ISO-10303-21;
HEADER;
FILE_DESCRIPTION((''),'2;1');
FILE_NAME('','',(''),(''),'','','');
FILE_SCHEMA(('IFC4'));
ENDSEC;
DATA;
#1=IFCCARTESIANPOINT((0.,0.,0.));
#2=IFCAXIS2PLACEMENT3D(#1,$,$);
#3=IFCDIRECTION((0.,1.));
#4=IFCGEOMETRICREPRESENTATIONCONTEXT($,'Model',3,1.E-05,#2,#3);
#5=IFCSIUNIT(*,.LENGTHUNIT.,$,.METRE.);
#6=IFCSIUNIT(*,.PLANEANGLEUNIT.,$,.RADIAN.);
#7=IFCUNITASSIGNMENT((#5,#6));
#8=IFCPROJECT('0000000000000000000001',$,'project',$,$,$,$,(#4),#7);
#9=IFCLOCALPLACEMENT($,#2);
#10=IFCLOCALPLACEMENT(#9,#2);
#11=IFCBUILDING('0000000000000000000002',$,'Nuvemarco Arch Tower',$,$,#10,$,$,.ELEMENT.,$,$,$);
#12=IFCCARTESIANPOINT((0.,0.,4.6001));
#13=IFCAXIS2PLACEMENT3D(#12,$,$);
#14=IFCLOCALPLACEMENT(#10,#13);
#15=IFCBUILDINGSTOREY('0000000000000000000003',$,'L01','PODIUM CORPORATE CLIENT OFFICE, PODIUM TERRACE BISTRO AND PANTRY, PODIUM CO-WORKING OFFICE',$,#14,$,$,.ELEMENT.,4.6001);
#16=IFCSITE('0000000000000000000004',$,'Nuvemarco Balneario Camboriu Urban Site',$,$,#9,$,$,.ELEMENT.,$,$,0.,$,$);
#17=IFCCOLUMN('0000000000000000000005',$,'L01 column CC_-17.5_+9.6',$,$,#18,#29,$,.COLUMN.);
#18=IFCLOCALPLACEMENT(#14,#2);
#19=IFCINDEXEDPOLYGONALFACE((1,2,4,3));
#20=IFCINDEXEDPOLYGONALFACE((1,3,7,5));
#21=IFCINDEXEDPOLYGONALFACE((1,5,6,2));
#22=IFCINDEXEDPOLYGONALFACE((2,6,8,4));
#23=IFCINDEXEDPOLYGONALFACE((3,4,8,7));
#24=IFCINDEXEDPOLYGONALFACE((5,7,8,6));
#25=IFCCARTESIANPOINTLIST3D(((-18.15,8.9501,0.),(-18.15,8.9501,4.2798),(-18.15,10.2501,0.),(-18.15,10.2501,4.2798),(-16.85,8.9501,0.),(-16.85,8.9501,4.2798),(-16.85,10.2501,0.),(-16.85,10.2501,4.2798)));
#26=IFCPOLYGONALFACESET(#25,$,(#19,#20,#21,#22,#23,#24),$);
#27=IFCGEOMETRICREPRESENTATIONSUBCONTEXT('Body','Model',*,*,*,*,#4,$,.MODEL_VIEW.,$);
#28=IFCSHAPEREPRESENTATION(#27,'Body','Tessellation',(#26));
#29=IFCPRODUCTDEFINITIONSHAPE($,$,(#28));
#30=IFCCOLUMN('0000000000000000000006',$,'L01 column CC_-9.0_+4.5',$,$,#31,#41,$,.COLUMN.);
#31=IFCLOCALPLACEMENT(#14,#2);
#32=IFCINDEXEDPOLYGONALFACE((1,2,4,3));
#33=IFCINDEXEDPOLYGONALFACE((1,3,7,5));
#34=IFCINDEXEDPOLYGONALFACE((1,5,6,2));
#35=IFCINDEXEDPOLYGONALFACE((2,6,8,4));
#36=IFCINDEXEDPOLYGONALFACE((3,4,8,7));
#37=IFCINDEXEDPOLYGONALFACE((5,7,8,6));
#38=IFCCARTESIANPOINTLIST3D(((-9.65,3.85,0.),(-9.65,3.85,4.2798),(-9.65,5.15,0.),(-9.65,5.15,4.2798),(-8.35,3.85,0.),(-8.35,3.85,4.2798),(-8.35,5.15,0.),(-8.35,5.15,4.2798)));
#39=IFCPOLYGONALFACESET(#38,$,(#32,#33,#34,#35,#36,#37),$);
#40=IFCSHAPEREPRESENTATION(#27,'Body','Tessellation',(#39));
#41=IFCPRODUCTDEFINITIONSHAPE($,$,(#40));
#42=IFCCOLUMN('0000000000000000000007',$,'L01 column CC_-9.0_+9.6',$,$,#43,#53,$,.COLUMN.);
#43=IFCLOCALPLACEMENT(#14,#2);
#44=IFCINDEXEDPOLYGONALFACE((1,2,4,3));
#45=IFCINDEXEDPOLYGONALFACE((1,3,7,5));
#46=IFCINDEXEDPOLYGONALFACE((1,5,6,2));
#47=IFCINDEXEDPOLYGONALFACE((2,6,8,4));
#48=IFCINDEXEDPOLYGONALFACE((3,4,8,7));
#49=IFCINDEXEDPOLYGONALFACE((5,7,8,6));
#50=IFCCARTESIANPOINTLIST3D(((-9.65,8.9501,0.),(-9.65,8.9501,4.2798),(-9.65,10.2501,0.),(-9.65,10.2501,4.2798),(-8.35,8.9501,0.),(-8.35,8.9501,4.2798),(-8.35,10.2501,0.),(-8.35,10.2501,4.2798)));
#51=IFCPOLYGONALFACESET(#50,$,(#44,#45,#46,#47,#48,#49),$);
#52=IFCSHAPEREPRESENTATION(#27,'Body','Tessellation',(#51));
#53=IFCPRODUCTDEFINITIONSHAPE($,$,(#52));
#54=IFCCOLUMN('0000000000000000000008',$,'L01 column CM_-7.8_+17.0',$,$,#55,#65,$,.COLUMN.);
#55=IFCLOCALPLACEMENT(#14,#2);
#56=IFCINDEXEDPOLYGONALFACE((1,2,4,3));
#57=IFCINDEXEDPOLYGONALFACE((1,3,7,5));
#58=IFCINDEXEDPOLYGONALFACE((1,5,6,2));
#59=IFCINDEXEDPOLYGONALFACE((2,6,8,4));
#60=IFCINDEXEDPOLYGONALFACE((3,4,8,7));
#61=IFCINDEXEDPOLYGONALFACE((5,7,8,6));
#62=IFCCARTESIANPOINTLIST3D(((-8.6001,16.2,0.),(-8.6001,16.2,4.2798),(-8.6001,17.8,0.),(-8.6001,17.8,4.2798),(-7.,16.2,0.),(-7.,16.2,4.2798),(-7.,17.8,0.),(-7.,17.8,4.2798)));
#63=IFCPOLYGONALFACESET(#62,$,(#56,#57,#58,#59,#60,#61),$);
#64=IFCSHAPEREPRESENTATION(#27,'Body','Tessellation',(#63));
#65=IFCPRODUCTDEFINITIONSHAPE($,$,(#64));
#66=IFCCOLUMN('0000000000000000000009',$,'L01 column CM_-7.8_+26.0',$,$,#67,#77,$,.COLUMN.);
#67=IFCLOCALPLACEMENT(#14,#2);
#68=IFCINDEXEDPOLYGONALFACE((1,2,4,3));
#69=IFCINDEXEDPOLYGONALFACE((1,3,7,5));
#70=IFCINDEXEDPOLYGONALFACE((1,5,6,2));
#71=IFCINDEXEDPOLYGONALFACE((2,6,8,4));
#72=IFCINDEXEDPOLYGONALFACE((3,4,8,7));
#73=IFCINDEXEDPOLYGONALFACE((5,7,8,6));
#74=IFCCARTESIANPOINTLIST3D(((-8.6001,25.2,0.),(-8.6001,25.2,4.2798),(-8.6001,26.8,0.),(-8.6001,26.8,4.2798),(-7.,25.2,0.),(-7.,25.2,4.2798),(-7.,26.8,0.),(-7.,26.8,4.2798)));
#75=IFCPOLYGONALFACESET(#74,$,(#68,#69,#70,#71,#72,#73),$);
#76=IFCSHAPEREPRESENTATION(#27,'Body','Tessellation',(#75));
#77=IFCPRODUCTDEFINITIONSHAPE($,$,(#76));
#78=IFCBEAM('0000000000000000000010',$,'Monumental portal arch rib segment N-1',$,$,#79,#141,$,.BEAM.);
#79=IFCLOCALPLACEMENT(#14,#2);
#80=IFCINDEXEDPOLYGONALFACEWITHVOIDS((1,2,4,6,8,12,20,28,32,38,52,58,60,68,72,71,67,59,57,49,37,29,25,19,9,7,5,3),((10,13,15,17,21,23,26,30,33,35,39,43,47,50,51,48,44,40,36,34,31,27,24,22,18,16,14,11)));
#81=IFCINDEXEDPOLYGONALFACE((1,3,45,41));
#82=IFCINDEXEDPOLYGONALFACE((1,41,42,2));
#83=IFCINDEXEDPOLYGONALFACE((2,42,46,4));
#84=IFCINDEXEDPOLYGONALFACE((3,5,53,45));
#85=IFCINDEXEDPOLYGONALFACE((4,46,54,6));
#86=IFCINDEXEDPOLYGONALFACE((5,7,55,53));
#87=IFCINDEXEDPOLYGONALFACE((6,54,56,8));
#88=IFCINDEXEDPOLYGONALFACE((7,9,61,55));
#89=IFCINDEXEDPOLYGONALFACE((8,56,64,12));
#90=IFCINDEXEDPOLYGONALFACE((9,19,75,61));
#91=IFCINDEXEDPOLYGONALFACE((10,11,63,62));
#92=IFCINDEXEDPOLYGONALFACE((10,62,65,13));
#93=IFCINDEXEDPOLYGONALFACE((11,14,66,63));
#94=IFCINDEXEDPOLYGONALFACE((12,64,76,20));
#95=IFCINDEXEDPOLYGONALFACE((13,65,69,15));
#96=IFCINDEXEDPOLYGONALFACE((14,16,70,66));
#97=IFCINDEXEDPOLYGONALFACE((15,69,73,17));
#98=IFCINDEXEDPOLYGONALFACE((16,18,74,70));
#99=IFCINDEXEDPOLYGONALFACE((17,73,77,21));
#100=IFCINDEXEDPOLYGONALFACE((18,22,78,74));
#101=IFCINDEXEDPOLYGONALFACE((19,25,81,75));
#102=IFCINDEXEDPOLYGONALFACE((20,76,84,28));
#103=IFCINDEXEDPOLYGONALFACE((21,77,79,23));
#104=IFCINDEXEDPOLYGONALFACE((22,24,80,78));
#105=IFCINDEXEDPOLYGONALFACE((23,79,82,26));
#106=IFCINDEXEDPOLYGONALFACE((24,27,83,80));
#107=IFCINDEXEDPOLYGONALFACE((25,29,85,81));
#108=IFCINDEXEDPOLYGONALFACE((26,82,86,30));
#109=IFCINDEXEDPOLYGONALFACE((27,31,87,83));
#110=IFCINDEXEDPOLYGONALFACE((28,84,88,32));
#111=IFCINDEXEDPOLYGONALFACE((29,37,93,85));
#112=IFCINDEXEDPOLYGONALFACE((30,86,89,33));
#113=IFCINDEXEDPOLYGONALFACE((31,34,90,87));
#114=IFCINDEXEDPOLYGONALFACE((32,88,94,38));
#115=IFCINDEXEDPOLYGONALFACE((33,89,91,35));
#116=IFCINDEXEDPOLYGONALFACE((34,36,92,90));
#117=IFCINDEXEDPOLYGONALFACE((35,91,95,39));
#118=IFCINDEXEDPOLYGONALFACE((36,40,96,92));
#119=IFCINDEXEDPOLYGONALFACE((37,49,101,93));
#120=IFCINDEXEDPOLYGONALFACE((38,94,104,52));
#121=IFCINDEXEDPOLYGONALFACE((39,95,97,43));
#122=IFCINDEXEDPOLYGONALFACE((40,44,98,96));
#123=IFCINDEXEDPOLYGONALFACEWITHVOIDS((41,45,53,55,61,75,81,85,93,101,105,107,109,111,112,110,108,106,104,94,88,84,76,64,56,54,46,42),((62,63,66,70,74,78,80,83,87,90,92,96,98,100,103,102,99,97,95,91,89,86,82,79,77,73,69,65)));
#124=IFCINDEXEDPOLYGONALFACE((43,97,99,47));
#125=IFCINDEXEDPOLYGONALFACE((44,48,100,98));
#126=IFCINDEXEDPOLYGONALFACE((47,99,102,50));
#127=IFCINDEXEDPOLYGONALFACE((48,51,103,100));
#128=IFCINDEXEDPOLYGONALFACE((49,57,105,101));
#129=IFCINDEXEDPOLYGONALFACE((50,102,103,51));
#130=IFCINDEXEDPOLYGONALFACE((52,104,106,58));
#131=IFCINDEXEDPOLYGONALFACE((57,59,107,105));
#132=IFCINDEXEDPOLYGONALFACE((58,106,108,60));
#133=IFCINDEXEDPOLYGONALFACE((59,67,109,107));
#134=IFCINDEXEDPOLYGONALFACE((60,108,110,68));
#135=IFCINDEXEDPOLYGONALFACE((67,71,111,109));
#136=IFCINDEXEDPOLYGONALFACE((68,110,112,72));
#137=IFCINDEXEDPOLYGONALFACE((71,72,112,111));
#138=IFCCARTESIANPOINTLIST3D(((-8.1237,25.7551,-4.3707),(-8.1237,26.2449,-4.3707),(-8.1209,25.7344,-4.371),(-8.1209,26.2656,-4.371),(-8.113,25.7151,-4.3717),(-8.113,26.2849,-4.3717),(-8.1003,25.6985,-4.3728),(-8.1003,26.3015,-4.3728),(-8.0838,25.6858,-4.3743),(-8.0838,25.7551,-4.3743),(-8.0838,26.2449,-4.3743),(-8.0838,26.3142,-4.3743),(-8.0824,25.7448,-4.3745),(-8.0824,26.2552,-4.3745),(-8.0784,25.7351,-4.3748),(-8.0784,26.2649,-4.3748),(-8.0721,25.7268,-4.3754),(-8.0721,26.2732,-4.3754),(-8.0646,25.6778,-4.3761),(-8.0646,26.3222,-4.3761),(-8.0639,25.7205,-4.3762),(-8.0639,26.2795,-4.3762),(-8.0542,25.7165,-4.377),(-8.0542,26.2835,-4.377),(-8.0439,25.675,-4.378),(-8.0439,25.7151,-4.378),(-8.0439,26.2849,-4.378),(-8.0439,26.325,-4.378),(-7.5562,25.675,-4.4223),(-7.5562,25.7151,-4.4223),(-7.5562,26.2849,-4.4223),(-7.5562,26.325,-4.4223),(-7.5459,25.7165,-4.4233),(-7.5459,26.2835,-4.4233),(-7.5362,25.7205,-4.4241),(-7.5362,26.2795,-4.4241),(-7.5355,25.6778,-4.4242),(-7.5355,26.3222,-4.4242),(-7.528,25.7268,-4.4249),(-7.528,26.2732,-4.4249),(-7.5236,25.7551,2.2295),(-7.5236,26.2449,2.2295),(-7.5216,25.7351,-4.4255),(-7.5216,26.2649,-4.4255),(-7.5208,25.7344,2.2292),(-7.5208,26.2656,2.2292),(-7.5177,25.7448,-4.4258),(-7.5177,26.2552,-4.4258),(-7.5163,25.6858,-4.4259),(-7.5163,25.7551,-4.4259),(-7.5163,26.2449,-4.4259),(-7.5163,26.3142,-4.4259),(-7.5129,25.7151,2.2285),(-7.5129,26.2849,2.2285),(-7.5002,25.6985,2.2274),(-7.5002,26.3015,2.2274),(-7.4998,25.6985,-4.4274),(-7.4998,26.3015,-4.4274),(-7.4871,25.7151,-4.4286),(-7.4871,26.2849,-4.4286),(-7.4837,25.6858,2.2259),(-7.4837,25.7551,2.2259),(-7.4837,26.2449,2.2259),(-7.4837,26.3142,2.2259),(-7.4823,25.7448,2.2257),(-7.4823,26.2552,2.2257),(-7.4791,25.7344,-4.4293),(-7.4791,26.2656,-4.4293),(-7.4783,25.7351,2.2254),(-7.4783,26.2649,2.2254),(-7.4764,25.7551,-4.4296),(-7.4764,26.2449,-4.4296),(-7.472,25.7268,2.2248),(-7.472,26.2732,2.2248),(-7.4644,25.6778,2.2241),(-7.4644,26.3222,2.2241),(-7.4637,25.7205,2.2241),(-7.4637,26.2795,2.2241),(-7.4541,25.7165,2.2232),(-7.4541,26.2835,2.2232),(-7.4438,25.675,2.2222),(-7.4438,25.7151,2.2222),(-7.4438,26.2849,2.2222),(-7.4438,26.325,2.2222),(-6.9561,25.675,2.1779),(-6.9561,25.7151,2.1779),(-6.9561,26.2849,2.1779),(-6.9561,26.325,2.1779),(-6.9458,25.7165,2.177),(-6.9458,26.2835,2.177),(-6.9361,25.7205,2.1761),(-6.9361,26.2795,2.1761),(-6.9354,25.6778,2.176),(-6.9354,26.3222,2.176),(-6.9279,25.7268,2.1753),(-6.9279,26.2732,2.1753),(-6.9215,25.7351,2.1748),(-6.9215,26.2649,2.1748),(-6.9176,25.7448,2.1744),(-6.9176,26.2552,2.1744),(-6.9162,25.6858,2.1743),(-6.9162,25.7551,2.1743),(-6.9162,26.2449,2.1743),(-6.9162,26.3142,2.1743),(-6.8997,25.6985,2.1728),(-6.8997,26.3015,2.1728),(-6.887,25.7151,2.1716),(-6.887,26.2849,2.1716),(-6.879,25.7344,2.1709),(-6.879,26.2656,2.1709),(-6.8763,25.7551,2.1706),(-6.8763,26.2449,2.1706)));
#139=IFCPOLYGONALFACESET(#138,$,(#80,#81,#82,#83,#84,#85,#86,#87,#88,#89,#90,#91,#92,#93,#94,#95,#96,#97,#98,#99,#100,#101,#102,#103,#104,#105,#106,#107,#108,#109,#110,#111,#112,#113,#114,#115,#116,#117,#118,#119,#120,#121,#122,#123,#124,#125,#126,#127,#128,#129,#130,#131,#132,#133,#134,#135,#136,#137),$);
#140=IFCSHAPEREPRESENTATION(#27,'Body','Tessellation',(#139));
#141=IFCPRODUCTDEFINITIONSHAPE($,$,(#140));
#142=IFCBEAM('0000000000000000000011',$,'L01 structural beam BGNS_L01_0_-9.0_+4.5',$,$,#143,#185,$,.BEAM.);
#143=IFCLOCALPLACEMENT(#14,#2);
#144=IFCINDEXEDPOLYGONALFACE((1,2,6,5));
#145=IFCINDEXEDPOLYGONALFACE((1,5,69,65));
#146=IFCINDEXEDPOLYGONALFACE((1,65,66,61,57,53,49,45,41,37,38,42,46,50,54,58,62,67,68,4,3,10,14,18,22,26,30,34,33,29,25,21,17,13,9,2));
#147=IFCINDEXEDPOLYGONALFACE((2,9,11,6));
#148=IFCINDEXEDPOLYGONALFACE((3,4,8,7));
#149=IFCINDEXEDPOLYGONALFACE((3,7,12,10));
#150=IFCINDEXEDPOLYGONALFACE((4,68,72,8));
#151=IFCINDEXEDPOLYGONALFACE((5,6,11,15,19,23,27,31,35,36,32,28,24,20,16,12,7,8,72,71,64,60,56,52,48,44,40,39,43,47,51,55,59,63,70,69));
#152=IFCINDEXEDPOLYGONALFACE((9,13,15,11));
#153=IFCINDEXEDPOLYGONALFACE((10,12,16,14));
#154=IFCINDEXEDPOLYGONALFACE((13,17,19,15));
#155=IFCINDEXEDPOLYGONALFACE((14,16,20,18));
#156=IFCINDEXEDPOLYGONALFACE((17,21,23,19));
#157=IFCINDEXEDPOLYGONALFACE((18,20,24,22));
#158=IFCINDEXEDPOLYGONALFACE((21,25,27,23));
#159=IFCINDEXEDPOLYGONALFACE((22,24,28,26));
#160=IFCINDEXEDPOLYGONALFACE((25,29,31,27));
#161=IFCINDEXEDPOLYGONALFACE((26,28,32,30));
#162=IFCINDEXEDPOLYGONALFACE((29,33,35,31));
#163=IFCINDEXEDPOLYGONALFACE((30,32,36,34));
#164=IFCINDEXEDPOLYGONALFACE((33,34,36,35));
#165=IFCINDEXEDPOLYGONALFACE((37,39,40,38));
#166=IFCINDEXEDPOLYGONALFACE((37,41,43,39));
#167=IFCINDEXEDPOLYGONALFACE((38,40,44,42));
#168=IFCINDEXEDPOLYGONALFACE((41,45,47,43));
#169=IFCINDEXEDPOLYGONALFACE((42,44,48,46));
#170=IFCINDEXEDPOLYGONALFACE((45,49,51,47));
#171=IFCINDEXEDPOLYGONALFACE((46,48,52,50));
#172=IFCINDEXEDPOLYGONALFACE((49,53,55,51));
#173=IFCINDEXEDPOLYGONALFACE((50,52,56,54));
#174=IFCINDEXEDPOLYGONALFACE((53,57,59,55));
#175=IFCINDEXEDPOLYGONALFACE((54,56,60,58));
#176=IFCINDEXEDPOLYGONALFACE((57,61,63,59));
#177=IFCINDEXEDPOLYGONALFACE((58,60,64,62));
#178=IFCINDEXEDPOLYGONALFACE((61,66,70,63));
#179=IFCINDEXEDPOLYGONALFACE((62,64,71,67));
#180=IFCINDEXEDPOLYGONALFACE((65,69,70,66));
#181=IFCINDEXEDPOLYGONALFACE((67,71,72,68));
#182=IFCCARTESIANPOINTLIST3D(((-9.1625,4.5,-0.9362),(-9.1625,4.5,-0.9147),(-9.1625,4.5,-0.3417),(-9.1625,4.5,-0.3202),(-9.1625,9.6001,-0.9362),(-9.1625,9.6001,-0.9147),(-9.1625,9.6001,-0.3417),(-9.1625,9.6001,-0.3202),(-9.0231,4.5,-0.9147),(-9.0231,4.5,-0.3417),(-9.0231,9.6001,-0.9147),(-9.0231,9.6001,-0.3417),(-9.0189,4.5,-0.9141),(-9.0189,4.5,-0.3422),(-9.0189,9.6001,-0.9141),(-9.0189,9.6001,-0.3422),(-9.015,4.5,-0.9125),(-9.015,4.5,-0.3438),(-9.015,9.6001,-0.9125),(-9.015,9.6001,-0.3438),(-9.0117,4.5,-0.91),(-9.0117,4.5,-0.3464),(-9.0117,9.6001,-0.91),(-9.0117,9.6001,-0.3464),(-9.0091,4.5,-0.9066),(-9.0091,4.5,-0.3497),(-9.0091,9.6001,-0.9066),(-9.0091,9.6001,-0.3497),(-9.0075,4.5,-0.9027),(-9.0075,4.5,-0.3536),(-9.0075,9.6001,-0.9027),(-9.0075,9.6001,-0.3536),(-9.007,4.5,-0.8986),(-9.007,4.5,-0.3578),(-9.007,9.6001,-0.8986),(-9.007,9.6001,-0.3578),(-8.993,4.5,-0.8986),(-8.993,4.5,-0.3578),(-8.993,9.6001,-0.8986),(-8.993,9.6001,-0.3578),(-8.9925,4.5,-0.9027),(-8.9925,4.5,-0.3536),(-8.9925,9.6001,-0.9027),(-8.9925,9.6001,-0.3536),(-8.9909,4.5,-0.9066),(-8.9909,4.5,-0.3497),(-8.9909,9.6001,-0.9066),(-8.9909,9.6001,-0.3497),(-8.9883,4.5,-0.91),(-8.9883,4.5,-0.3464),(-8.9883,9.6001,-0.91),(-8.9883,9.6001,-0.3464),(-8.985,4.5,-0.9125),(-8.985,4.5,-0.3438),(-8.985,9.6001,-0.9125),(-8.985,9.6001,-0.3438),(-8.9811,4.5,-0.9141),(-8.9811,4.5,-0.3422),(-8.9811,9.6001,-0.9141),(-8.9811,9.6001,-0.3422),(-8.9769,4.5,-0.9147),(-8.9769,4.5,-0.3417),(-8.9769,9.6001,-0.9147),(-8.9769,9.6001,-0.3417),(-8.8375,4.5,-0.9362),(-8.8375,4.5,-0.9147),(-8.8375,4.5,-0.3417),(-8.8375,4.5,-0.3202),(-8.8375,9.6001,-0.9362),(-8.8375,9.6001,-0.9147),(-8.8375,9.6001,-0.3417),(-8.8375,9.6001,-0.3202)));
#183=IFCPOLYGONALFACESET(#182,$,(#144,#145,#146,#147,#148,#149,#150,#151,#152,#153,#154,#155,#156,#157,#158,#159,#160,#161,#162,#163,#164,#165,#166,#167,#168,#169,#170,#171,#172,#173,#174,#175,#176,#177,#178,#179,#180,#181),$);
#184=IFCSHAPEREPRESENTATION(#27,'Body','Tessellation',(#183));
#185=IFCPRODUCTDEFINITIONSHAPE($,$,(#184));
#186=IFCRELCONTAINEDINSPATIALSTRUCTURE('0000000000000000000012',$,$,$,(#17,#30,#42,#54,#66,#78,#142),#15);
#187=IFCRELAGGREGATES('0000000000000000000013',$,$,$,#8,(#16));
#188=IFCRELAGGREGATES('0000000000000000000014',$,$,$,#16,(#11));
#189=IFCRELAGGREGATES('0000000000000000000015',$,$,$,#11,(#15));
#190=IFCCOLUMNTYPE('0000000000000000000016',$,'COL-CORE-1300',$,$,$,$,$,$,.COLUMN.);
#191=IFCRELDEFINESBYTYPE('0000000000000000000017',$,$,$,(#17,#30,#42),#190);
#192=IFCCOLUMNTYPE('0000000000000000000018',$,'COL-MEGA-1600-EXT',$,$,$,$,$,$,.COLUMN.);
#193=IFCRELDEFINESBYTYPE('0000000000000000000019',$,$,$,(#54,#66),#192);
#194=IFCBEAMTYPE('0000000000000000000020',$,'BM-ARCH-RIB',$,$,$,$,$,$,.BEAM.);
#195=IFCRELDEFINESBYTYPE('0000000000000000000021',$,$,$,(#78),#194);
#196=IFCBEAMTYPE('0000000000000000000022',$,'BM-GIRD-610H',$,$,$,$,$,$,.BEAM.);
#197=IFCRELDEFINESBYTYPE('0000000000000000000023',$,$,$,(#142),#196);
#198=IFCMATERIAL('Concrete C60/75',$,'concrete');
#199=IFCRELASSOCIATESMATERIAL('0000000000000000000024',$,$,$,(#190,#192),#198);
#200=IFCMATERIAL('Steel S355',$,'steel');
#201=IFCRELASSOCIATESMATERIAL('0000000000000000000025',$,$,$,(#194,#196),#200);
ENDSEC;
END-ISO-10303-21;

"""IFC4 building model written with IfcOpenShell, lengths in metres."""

from ifc_helpers import new_model, si_unit, direction, frame, origin, origin_2d, place, context, subcontext, project, spatial, rectangle, hollow_rectangle, i_section, extrude, material, material_profile, profile_set, type_object, element, save


model = new_model("IFC4")

# Units and contexts
model_context = context("Model", 3, precision=1e-05, world=origin(), true_north=direction((0.0, 1.0)))
body_context = subcontext(model_context, "Body", "Model", "MODEL_VIEW")
ifc_project = project(units=[si_unit("LENGTHUNIT", "METRE"), si_unit("PLANEANGLEUNIT", "RADIAN")], contexts=[model_context])

# Site, building, storey
site_placement = place(None, origin())
site = spatial("IfcSite", under=ifc_project, at=site_placement, Name="Nuvemarco Balneario Camboriu Urban Site", CompositionType="ELEMENT", RefElevation=0.0)
building_placement = place(site_placement, origin())
building = spatial("IfcBuilding", under=site, at=building_placement, Name="Nuvemarco Arch Tower", CompositionType="ELEMENT")
storey_placement = place(building_placement, frame((0.0, 0.0, 4.6001)))
storey = spatial("IfcBuildingStorey", under=building, at=storey_placement, Name="L01", Description="PODIUM CORPORATE CLIENT OFFICE, PODIUM TERRACE BISTRO AND PANTRY, PODIUM CO-WORKING OFFICE", CompositionType="ELEMENT", Elevation=4.6001)

# Columns
ifc_material_1 = material(Name="Concrete C60/75", Category="concrete")
ifc_material_profile_1 = material_profile(ifc_material_1, rectangle(XDim=1.3, YDim=1.3, at=origin_2d()), Name="RC-COL-1300x1300")
ifc_profile_set_1 = profile_set([ifc_material_profile_1], Name="Concrete C60/75")
column_type_1 = type_object("IfcColumnType", Name="COL-CORE-1300", PredefinedType="COLUMN", material=ifc_profile_set_1)
for number, where, z_axis, x_axis, name in (
    (1, (-17.5, 9.6001, 0.0), (0.0, 0.0, 1.0), (1.0, 0.0, 0.0), "L01 column CC_-17.5_+9.6"),
    (2, (-9.0, 4.5, 0.0), (0.0, 0.0, 1.0), (1.0, 0.0, 0.0), "L01 column CC_-9.0_+4.5"),
    (3, (-9.0, 9.6001, 0.0), (0.0, 0.0, 1.0), (1.0, 0.0, 0.0), "L01 column CC_-9.0_+9.6"),
):
    element("IfcColumn", number, at=place(storey_placement, frame(where, z_axis=z_axis, x_axis=x_axis)), inside=storey, type_object=column_type_1, Name=name, PredefinedType="COLUMN", context=body_context, shape_type="SweptSolid", body=[
        extrude(rectangle(XDim=1.3, YDim=1.3, at=origin_2d()), origin(), (0.0, 0.0, 1.0), 4.2798),
    ])
ifc_material_profile_2 = material_profile(ifc_material_1, rectangle(XDim=1.6001, YDim=1.6001, at=origin_2d()), Name="RC-COL-1600x1600")
ifc_profile_set_2 = profile_set([ifc_material_profile_2], Name="Concrete C60/75")
column_type_2 = type_object("IfcColumnType", Name="COL-MEGA-1600-EXT", PredefinedType="COLUMN", material=ifc_profile_set_2)
for number, where, z_axis, x_axis, name in (
    (4, (-7.8, 17.0, 0.0), (0.0, 0.0, 1.0), (1.0, 0.0, 0.0), "L01 column CM_-7.8_+17.0"),
    (5, (-7.8, 26.0, 0.0), (0.0, 0.0, 1.0), (1.0, 0.0, 0.0), "L01 column CM_-7.8_+26.0"),
):
    element("IfcColumn", number, at=place(storey_placement, frame(where, z_axis=z_axis, x_axis=x_axis)), inside=storey, type_object=column_type_2, Name=name, PredefinedType="COLUMN", context=body_context, shape_type="SweptSolid", body=[
        extrude(rectangle(XDim=1.6001, YDim=1.6001, at=origin_2d()), origin(), (0.0, 0.0, 1.0), 4.2798),
    ])

# Beams
ifc_material_2 = material(Name="Steel S355", Category="steel")
ifc_material_profile_3 = material_profile(ifc_material_2, hollow_rectangle(XDim=0.6499, YDim=0.6499, WallThickness=0.04, InnerFilletRadius=0.04, OuterFilletRadius=0.0801, at=origin_2d()), Name="SHS650x650x40")
ifc_profile_set_3 = profile_set([ifc_material_profile_3], Name="Steel S355")
beam_type_1 = type_object("IfcBeamType", Name="BM-ARCH-RIB", PredefinedType="BEAM", material=ifc_profile_set_3)
beam_1_placement = place(storey_placement, frame((-7.8, 26.0, -4.4001), z_axis=(0.090549, 0.0, 0.995892), x_axis=(0.0, 1.0, 0.0)))
element("IfcBeam", 6, at=beam_1_placement, inside=storey, type_object=beam_type_1, Name="Monumental portal arch rib segment N-1", PredefinedType="BEAM", context=body_context, shape_type="SweptSolid", body=[
    extrude(hollow_rectangle(XDim=0.6499, YDim=0.6499, WallThickness=0.04, InnerFilletRadius=0.04, OuterFilletRadius=0.0801, at=origin_2d()), origin(), (0.0, 0.0, 1.0), 6.6274),
])
ifc_material_profile_4 = material_profile(ifc_material_2, i_section(OverallWidth=0.325, OverallDepth=0.616, WebThickness=0.0139, FlangeThickness=0.0215, FilletRadius=0.0161, at=origin_2d()), Name="W610x174")
ifc_profile_set_4 = profile_set([ifc_material_profile_4], Name="Steel S355")
beam_type_2 = type_object("IfcBeamType", Name="BM-GIRD-610H", PredefinedType="BEAM", material=ifc_profile_set_4)
beam_2_placement = place(storey_placement, frame((-9.0, 4.5, -0.6282), z_axis=(0.0, 1.0, 0.0), x_axis=(-1.0, 0.0, 0.0)))
element("IfcBeam", 7, at=beam_2_placement, inside=storey, type_object=beam_type_2, Name="L01 structural beam BGNS_L01_0_-9.0_+4.5", PredefinedType="BEAM", context=body_context, shape_type="SweptSolid", body=[
    extrude(i_section(OverallWidth=0.325, OverallDepth=0.616, WebThickness=0.0139, FlangeThickness=0.0215, FilletRadius=0.0161, at=origin_2d()), origin(), (0.0, 0.0, 1.0), 5.1001),
])

save(model, "model.ifc")
